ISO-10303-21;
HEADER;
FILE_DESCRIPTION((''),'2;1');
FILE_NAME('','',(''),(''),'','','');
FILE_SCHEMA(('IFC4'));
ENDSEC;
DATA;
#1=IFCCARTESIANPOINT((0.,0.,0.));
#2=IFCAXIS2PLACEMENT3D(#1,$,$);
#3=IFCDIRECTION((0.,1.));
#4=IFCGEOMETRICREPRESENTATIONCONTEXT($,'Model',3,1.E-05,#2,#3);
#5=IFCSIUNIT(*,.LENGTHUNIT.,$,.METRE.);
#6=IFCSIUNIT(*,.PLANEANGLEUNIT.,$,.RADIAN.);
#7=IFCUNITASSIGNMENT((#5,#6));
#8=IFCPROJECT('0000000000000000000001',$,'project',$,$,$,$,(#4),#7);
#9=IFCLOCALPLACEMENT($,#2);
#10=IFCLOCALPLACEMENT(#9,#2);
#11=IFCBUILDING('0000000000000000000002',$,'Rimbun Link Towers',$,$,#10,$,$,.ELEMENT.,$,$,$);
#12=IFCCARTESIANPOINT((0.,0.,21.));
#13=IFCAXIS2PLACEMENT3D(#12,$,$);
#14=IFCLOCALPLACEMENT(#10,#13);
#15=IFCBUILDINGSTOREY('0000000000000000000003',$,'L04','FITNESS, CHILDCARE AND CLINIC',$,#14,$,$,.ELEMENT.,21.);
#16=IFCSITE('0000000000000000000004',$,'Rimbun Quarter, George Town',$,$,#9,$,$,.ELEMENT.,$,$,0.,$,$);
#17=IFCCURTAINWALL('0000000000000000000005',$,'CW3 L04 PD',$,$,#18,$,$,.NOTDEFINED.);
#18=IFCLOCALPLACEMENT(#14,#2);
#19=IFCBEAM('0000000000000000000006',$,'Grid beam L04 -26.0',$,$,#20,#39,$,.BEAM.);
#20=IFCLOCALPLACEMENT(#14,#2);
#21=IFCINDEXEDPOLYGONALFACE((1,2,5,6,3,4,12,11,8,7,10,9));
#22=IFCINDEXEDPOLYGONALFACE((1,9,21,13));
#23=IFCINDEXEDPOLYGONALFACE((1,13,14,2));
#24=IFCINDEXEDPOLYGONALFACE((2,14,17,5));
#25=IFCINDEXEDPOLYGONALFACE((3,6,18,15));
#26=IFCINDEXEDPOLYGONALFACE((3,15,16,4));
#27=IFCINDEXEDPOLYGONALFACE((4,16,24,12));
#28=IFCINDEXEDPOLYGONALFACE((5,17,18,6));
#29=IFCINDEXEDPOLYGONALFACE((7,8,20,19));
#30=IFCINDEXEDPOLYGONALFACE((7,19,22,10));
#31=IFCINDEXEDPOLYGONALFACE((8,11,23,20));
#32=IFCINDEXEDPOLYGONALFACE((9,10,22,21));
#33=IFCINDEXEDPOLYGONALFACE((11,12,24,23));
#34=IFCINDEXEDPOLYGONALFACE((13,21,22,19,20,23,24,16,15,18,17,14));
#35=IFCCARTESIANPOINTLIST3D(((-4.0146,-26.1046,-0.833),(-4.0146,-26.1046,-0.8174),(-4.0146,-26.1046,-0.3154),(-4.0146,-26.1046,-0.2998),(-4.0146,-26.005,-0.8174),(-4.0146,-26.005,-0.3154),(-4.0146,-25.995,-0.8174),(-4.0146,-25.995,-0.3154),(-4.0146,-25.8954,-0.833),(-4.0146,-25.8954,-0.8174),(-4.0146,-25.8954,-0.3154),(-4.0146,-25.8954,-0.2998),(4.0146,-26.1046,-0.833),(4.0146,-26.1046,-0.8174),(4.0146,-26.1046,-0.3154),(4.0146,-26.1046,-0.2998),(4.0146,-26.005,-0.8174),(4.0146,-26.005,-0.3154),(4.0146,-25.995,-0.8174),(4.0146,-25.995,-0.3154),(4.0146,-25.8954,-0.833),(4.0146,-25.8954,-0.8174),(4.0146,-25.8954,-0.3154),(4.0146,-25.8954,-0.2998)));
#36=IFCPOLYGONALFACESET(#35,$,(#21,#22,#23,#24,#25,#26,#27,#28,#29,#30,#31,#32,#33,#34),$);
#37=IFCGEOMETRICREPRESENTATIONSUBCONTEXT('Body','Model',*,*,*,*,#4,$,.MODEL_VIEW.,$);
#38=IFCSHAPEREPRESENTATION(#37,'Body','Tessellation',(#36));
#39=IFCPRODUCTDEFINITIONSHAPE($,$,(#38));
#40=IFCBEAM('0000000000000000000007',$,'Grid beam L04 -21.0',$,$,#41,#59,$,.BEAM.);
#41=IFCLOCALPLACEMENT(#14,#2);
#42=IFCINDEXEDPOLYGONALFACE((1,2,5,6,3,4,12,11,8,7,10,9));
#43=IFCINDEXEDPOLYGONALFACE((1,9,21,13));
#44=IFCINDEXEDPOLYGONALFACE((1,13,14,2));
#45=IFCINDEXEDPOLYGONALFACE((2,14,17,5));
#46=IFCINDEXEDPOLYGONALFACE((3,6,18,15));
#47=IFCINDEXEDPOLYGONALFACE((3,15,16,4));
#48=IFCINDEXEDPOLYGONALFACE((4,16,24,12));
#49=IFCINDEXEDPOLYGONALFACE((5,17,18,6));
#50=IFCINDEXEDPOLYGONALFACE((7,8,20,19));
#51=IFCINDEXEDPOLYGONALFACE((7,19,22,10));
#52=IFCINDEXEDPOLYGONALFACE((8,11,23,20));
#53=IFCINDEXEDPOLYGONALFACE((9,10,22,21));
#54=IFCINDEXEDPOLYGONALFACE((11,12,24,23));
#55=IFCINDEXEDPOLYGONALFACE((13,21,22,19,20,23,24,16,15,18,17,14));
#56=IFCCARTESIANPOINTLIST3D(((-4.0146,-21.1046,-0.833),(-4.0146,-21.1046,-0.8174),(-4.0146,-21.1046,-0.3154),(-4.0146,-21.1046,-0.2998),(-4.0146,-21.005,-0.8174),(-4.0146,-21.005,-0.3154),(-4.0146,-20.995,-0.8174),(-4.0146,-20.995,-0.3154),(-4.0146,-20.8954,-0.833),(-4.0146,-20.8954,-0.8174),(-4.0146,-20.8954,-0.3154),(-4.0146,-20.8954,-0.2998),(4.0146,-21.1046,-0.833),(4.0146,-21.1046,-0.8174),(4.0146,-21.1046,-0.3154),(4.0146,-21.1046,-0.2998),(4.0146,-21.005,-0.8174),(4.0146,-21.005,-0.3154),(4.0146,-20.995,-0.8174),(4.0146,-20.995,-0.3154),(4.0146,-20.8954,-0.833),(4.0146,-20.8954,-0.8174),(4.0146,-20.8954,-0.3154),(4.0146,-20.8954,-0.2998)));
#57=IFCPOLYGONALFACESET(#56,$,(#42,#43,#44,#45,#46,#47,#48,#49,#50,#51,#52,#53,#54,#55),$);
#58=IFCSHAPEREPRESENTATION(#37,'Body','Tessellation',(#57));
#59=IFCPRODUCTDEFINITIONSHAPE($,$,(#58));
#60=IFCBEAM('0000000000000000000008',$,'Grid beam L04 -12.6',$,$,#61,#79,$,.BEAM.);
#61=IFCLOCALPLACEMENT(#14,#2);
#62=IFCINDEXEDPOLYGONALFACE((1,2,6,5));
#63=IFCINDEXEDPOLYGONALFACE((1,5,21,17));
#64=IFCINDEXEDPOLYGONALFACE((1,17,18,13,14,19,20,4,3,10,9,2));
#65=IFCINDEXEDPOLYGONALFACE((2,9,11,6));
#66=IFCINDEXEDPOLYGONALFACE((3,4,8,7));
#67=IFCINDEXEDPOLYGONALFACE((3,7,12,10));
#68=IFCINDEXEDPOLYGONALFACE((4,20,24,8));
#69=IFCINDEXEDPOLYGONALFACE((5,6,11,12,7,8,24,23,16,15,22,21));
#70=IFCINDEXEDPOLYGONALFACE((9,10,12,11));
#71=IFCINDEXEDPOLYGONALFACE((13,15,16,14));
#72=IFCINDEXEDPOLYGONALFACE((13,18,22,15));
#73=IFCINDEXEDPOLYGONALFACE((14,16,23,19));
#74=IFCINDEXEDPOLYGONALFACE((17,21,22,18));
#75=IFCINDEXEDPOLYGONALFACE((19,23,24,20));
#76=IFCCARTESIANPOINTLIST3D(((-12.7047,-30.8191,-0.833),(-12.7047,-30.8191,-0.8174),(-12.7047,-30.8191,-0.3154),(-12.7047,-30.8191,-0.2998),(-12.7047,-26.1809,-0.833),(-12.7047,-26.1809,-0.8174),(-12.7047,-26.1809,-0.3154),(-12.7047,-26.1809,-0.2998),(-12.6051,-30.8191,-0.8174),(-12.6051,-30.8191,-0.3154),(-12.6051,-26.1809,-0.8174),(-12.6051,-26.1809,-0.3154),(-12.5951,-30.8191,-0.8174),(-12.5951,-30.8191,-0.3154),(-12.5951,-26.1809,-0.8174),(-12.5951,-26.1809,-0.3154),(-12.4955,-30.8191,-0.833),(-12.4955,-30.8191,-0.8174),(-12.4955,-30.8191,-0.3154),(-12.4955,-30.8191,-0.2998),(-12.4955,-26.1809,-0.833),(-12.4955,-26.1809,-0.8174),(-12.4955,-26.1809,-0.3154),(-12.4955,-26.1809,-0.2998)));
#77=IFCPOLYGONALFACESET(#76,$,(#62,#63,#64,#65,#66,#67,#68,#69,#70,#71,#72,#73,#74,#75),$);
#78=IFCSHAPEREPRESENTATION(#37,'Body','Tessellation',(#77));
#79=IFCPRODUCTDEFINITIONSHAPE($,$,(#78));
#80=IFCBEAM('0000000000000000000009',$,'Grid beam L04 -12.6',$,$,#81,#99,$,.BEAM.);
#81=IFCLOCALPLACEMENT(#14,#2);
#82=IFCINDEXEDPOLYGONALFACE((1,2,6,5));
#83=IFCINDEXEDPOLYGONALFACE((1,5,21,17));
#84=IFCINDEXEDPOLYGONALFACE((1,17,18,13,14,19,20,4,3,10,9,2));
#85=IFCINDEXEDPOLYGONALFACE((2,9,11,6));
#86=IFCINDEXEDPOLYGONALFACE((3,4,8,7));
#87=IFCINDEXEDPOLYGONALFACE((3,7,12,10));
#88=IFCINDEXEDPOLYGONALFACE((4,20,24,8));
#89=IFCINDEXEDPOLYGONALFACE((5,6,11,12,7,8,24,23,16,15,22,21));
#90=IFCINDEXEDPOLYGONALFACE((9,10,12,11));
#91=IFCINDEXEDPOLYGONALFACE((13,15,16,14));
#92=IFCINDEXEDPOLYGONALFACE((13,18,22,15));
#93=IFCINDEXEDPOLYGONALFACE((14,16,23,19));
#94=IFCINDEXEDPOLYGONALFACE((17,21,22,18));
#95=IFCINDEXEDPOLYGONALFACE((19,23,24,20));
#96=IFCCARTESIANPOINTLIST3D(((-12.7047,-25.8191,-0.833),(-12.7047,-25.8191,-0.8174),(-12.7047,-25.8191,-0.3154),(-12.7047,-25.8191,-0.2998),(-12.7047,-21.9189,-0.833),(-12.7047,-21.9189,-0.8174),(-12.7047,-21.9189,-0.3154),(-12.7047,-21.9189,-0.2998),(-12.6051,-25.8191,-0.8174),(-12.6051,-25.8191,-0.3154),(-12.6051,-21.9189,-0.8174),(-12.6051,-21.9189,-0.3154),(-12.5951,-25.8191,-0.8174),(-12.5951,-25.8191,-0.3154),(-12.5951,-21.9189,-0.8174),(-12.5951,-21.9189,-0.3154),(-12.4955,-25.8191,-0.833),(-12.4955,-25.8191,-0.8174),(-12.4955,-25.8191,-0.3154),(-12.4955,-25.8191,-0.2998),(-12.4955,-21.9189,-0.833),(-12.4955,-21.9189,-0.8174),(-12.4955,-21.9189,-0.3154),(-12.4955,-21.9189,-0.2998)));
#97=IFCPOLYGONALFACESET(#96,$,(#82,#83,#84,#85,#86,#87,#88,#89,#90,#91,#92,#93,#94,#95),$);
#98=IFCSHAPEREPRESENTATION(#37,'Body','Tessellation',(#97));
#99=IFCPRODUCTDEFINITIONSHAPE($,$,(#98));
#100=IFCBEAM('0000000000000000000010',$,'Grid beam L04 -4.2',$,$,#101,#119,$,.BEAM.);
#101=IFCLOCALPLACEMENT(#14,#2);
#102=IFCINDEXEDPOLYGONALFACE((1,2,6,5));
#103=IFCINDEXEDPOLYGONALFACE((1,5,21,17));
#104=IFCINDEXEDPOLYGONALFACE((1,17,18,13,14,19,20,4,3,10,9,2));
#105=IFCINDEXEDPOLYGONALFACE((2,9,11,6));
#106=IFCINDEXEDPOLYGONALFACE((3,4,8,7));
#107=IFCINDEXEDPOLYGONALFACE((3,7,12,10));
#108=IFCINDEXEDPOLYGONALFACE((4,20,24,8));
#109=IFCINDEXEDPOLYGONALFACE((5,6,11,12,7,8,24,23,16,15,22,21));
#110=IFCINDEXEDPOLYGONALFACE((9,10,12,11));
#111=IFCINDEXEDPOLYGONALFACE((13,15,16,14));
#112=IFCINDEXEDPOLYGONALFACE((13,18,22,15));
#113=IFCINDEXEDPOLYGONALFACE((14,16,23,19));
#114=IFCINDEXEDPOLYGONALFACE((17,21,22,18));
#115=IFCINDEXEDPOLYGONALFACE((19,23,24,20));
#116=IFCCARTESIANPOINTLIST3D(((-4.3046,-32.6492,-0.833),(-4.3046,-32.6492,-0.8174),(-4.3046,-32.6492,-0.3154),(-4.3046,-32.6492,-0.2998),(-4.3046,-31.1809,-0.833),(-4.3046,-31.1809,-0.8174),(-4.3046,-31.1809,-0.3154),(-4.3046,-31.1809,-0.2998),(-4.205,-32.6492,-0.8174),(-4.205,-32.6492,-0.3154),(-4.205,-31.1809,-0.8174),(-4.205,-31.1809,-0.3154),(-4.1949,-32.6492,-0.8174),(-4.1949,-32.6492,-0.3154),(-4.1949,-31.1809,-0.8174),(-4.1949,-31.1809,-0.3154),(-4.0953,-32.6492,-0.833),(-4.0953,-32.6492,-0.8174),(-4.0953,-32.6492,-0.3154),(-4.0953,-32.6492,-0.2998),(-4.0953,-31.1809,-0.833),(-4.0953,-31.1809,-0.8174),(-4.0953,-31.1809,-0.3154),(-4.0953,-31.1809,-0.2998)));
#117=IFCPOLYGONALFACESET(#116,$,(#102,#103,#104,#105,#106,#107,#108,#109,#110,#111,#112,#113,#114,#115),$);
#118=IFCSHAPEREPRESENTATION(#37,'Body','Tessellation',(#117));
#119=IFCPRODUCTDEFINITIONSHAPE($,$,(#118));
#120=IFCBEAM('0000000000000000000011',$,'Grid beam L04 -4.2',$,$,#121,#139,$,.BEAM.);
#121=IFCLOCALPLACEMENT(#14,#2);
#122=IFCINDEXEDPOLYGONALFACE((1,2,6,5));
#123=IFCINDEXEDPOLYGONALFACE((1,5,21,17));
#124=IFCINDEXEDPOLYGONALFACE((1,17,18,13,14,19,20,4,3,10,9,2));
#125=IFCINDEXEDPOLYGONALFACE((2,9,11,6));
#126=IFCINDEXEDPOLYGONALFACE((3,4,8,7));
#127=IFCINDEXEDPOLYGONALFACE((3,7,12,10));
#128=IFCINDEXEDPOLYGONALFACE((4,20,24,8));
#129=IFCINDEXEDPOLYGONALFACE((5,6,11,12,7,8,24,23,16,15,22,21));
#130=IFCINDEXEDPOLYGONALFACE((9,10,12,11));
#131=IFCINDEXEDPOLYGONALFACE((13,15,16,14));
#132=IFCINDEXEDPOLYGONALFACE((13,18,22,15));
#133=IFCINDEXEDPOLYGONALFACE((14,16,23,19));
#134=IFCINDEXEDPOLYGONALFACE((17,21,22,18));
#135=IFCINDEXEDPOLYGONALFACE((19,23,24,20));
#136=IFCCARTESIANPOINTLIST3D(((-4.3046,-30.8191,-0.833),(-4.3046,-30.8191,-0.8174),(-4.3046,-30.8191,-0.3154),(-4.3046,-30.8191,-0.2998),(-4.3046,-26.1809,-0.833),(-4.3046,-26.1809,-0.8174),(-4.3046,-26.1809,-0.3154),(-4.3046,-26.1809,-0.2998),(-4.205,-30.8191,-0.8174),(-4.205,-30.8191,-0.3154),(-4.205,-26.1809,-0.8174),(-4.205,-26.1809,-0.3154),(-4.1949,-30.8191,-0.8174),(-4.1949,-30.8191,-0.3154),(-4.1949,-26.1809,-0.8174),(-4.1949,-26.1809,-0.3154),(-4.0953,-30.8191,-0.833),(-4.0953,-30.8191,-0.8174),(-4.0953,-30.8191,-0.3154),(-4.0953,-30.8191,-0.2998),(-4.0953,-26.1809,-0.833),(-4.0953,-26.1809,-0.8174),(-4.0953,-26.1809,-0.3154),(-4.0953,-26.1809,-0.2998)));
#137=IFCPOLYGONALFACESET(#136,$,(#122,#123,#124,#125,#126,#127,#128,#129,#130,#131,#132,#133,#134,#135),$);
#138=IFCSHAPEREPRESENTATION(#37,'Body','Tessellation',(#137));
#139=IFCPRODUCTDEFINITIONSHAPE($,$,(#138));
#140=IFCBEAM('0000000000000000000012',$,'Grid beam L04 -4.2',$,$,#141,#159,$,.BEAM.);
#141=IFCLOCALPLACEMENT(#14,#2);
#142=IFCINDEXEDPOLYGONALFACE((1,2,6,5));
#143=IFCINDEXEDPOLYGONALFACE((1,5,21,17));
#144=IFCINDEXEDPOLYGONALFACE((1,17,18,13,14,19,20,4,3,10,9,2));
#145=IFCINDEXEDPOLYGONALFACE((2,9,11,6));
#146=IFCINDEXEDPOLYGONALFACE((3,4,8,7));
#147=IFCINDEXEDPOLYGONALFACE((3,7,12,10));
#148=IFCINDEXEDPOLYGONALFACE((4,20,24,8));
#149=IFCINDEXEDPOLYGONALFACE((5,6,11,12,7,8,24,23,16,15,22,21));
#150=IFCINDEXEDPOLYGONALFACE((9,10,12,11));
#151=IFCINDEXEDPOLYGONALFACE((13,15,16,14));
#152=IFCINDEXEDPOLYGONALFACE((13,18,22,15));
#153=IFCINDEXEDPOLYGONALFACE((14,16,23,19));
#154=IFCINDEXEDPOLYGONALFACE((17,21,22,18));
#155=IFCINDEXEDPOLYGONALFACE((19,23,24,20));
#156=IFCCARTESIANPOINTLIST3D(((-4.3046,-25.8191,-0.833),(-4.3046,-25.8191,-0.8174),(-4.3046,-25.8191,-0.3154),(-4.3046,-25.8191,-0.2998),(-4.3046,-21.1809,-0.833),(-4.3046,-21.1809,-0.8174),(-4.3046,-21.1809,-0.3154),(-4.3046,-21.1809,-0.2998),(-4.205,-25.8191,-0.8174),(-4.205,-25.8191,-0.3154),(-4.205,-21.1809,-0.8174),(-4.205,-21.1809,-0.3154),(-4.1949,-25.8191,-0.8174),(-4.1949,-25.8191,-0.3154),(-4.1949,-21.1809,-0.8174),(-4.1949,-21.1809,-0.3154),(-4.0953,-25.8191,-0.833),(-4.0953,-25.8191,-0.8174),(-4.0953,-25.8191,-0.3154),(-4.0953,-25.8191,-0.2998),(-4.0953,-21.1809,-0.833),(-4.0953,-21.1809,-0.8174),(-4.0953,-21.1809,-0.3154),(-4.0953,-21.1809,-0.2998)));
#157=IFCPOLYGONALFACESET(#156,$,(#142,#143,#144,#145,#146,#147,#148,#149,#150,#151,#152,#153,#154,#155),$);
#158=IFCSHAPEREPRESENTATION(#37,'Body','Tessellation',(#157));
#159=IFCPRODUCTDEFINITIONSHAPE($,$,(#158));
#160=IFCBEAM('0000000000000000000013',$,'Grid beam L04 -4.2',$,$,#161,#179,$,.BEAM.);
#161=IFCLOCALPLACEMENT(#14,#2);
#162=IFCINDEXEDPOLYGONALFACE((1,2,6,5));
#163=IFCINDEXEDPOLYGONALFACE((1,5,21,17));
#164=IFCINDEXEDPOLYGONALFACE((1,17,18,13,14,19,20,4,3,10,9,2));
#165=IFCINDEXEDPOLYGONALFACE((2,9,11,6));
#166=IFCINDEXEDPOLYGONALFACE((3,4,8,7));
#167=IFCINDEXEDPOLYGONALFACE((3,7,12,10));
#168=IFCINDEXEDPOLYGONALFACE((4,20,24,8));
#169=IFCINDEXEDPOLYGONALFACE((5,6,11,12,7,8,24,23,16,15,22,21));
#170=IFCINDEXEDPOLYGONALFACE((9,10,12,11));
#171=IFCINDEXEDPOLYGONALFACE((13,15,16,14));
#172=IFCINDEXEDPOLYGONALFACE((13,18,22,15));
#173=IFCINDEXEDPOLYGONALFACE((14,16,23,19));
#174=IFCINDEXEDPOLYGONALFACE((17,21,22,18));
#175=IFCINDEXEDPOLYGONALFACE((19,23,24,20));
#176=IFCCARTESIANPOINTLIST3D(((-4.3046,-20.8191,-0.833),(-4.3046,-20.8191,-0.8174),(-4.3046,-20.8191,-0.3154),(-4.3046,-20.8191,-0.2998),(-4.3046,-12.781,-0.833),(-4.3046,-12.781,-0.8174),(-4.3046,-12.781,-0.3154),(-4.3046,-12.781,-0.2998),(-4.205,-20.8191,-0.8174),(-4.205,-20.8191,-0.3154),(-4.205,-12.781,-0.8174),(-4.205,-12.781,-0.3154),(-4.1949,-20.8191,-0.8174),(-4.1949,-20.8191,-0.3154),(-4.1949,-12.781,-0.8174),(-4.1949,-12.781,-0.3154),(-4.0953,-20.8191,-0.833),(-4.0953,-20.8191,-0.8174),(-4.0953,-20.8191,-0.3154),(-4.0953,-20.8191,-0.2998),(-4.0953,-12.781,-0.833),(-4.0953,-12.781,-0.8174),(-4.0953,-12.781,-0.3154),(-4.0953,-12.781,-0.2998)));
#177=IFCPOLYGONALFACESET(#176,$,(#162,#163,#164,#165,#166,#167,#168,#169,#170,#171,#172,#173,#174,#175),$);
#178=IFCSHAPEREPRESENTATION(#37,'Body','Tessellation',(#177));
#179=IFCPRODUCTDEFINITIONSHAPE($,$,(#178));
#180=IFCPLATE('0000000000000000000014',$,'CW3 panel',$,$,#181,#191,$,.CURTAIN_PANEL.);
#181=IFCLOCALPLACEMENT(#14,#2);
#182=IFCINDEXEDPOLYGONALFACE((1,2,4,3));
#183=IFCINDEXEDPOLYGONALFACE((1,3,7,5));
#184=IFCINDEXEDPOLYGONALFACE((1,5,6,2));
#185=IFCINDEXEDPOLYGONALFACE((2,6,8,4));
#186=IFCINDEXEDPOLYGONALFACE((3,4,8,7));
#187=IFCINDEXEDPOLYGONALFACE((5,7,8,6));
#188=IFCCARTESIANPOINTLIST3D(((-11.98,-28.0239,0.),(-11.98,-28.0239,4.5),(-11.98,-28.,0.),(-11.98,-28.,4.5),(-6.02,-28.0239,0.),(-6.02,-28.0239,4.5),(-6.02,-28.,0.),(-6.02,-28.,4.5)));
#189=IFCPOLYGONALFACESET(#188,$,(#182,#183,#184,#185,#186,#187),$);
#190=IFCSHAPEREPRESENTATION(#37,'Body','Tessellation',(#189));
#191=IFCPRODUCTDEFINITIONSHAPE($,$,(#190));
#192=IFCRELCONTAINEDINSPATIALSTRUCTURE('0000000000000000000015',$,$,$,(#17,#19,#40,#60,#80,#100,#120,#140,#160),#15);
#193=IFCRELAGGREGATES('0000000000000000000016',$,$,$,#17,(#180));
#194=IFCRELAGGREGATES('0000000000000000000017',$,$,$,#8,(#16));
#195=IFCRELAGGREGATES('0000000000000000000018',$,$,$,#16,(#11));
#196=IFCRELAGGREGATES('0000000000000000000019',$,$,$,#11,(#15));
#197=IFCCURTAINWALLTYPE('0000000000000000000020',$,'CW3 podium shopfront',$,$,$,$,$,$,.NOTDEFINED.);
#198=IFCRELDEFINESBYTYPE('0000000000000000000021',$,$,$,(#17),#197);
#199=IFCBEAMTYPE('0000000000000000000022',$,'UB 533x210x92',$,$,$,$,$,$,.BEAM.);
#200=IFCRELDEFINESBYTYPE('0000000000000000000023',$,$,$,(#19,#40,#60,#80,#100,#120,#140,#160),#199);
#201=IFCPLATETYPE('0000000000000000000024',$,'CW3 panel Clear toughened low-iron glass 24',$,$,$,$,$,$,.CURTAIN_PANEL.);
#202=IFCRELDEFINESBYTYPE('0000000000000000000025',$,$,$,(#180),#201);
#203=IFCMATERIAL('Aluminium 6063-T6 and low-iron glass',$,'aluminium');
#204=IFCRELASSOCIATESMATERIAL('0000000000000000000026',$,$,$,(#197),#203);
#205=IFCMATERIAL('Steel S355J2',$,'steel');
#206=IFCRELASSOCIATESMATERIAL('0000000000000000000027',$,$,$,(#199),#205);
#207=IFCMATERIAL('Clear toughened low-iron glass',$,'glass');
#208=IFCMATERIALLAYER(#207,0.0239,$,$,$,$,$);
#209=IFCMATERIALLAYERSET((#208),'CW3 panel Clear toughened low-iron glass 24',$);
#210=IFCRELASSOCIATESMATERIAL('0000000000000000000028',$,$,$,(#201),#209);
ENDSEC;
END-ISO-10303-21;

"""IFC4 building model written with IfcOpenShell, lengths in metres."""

from ifc_helpers import new_model, si_unit, direction, frame, origin, origin_2d, place, context, subcontext, project, spatial, rectangle, i_section, extrude, material, layer, layer_set, material_profile, profile_set, type_object, element, aggregate, save


model = new_model("IFC4")

# Units and contexts
model_context = context("Model", 3, precision=1e-05, world=origin(), true_north=direction((0.0, 1.0)))
body_context = subcontext(model_context, "Body", "Model", "MODEL_VIEW")
ifc_project = project(units=[si_unit("LENGTHUNIT", "METRE"), si_unit("PLANEANGLEUNIT", "RADIAN")], contexts=[model_context])

# Site, building, storey
site_placement = place(None, origin())
site = spatial("IfcSite", under=ifc_project, at=site_placement, Name="Rimbun Quarter, George Town", CompositionType="ELEMENT", RefElevation=0.0)
building_placement = place(site_placement, origin())
building = spatial("IfcBuilding", under=site, at=building_placement, Name="Rimbun Link Towers", CompositionType="ELEMENT")
storey_placement = place(building_placement, frame((0.0, 0.0, 21.0)))
storey = spatial("IfcBuildingStorey", under=building, at=storey_placement, Name="L04", Description="FITNESS, CHILDCARE AND CLINIC", CompositionType="ELEMENT", Elevation=21.0)

# Curtain wall
ifc_material_1 = material(Name="Aluminium 6063-T6 and low-iron glass", Category="aluminium")
curtain_wall_type = type_object("IfcCurtainWallType", Name="CW3 podium shopfront", PredefinedType="NOTDEFINED", material=ifc_material_1)
curtain_wall_placement = place(storey_placement, origin())
curtain_wall = element("IfcCurtainWall", 1, at=curtain_wall_placement, inside=storey, type_object=curtain_wall_type, Name="CW3 L04 PD", PredefinedType="NOTDEFINED")

# Beams
ifc_material_2 = material(Name="Steel S355J2", Category="steel")
ifc_material_profile_1 = material_profile(ifc_material_2, i_section(OverallWidth=0.2092, OverallDepth=0.5332, WebThickness=0.01, FlangeThickness=0.0156, at=origin_2d()), Name="UB 533x210x92")
ifc_profile_set_1 = profile_set([ifc_material_profile_1], Name="Steel S355J2")
beam_type = type_object("IfcBeamType", Name="UB 533x210x92", PredefinedType="BEAM", material=ifc_profile_set_1)
for number, where, z_axis, x_axis, name in (
    (2, (-4.0146, -26.0, -0.5664), (1.0, 0.0, 0.0), (0.0, 1.0, 0.0), "Grid beam L04 -26.0"),
    (3, (-4.0146, -21.0, -0.5664), (1.0, 0.0, 0.0), (0.0, 1.0, 0.0), "Grid beam L04 -21.0"),
):
    element("IfcBeam", number, at=place(storey_placement, frame(where, z_axis=z_axis, x_axis=x_axis)), inside=storey, type_object=beam_type, Name=name, PredefinedType="BEAM", context=body_context, shape_type="SweptSolid", body=[
        extrude(i_section(OverallWidth=0.2092, OverallDepth=0.5332, WebThickness=0.01, FlangeThickness=0.0156, at=origin_2d()), origin(), (0.0, 0.0, 1.0), 8.0293),
    ])
beam_1_placement = place(storey_placement, frame((-12.6001, -30.8191, -0.5664), z_axis=(0.0, 1.0, 0.0), x_axis=(-1.0, 0.0, 0.0)))
element("IfcBeam", 4, at=beam_1_placement, inside=storey, type_object=beam_type, Name="Grid beam L04 -12.6", PredefinedType="BEAM", context=body_context, shape_type="SweptSolid", body=[
    extrude(i_section(OverallWidth=0.2092, OverallDepth=0.5332, WebThickness=0.01, FlangeThickness=0.0156, at=origin_2d()), origin(), (0.0, 0.0, 1.0), 4.6382),
])
beam_2_placement = place(storey_placement, frame((-12.6001, -25.8191, -0.5664), z_axis=(0.0, 1.0, 0.0), x_axis=(-1.0, 0.0, 0.0)))
element("IfcBeam", 5, at=beam_2_placement, inside=storey, type_object=beam_type, Name="Grid beam L04 -12.6", PredefinedType="BEAM", context=body_context, shape_type="SweptSolid", body=[
    extrude(i_section(OverallWidth=0.2092, OverallDepth=0.5332, WebThickness=0.01, FlangeThickness=0.0156, at=origin_2d()), origin(), (0.0, 0.0, 1.0), 3.9001),
])
beam_3_placement = place(storey_placement, frame((-4.2, -32.6492, -0.5664), z_axis=(0.0, 1.0, 0.0), x_axis=(-1.0, 0.0, 0.0)))
element("IfcBeam", 6, at=beam_3_placement, inside=storey, type_object=beam_type, Name="Grid beam L04 -4.2", PredefinedType="BEAM", context=body_context, shape_type="SweptSolid", body=[
    extrude(i_section(OverallWidth=0.2092, OverallDepth=0.5332, WebThickness=0.01, FlangeThickness=0.0156, at=origin_2d()), origin(), (0.0, 0.0, 1.0), 1.4683),
])
for number, where, z_axis, x_axis, name in (
    (7, (-4.2, -30.8191, -0.5664), (0.0, 1.0, 0.0), (-1.0, 0.0, 0.0), "Grid beam L04 -4.2"),
    (8, (-4.2, -25.8191, -0.5664), (0.0, 1.0, 0.0), (-1.0, 0.0, 0.0), "Grid beam L04 -4.2"),
):
    element("IfcBeam", number, at=place(storey_placement, frame(where, z_axis=z_axis, x_axis=x_axis)), inside=storey, type_object=beam_type, Name=name, PredefinedType="BEAM", context=body_context, shape_type="SweptSolid", body=[
        extrude(i_section(OverallWidth=0.2092, OverallDepth=0.5332, WebThickness=0.01, FlangeThickness=0.0156, at=origin_2d()), origin(), (0.0, 0.0, 1.0), 4.6382),
    ])
beam_4_placement = place(storey_placement, frame((-4.2, -20.8191, -0.5664), z_axis=(0.0, 1.0, 0.0), x_axis=(-1.0, 0.0, 0.0)))
element("IfcBeam", 9, at=beam_4_placement, inside=storey, type_object=beam_type, Name="Grid beam L04 -4.2", PredefinedType="BEAM", context=body_context, shape_type="SweptSolid", body=[
    extrude(i_section(OverallWidth=0.2092, OverallDepth=0.5332, WebThickness=0.01, FlangeThickness=0.0156, at=origin_2d()), origin(), (0.0, 0.0, 1.0), 8.0381),
])

# Plate
ifc_material_3 = material(Name="Clear toughened low-iron glass", Category="glass")
ifc_layer_1 = layer(ifc_material_3, 0.0239)
ifc_layer_set_1 = layer_set([ifc_layer_1], Name="CW3 panel Clear toughened low-iron glass 24")
plate_type = type_object("IfcPlateType", Name="CW3 panel Clear toughened low-iron glass 24", PredefinedType="CURTAIN_PANEL", material=ifc_layer_set_1)
plate_placement = place(storey_placement, frame((-9.0, -28.012, 0.0), z_axis=(0.0, 0.0, 1.0), x_axis=(-1.0, 0.0, 0.0)))
plate = element("IfcPlate", 10, at=plate_placement, type_object=plate_type, Name="CW3 panel", PredefinedType="CURTAIN_PANEL", context=body_context, shape_type="SweptSolid", body=[
    extrude(rectangle(XDim=5.96, YDim=0.0239, at=origin_2d()), origin(), (0.0, 0.0, 1.0), 4.5),
])
aggregate(curtain_wall, [plate])

save(model, "model.ifc")
